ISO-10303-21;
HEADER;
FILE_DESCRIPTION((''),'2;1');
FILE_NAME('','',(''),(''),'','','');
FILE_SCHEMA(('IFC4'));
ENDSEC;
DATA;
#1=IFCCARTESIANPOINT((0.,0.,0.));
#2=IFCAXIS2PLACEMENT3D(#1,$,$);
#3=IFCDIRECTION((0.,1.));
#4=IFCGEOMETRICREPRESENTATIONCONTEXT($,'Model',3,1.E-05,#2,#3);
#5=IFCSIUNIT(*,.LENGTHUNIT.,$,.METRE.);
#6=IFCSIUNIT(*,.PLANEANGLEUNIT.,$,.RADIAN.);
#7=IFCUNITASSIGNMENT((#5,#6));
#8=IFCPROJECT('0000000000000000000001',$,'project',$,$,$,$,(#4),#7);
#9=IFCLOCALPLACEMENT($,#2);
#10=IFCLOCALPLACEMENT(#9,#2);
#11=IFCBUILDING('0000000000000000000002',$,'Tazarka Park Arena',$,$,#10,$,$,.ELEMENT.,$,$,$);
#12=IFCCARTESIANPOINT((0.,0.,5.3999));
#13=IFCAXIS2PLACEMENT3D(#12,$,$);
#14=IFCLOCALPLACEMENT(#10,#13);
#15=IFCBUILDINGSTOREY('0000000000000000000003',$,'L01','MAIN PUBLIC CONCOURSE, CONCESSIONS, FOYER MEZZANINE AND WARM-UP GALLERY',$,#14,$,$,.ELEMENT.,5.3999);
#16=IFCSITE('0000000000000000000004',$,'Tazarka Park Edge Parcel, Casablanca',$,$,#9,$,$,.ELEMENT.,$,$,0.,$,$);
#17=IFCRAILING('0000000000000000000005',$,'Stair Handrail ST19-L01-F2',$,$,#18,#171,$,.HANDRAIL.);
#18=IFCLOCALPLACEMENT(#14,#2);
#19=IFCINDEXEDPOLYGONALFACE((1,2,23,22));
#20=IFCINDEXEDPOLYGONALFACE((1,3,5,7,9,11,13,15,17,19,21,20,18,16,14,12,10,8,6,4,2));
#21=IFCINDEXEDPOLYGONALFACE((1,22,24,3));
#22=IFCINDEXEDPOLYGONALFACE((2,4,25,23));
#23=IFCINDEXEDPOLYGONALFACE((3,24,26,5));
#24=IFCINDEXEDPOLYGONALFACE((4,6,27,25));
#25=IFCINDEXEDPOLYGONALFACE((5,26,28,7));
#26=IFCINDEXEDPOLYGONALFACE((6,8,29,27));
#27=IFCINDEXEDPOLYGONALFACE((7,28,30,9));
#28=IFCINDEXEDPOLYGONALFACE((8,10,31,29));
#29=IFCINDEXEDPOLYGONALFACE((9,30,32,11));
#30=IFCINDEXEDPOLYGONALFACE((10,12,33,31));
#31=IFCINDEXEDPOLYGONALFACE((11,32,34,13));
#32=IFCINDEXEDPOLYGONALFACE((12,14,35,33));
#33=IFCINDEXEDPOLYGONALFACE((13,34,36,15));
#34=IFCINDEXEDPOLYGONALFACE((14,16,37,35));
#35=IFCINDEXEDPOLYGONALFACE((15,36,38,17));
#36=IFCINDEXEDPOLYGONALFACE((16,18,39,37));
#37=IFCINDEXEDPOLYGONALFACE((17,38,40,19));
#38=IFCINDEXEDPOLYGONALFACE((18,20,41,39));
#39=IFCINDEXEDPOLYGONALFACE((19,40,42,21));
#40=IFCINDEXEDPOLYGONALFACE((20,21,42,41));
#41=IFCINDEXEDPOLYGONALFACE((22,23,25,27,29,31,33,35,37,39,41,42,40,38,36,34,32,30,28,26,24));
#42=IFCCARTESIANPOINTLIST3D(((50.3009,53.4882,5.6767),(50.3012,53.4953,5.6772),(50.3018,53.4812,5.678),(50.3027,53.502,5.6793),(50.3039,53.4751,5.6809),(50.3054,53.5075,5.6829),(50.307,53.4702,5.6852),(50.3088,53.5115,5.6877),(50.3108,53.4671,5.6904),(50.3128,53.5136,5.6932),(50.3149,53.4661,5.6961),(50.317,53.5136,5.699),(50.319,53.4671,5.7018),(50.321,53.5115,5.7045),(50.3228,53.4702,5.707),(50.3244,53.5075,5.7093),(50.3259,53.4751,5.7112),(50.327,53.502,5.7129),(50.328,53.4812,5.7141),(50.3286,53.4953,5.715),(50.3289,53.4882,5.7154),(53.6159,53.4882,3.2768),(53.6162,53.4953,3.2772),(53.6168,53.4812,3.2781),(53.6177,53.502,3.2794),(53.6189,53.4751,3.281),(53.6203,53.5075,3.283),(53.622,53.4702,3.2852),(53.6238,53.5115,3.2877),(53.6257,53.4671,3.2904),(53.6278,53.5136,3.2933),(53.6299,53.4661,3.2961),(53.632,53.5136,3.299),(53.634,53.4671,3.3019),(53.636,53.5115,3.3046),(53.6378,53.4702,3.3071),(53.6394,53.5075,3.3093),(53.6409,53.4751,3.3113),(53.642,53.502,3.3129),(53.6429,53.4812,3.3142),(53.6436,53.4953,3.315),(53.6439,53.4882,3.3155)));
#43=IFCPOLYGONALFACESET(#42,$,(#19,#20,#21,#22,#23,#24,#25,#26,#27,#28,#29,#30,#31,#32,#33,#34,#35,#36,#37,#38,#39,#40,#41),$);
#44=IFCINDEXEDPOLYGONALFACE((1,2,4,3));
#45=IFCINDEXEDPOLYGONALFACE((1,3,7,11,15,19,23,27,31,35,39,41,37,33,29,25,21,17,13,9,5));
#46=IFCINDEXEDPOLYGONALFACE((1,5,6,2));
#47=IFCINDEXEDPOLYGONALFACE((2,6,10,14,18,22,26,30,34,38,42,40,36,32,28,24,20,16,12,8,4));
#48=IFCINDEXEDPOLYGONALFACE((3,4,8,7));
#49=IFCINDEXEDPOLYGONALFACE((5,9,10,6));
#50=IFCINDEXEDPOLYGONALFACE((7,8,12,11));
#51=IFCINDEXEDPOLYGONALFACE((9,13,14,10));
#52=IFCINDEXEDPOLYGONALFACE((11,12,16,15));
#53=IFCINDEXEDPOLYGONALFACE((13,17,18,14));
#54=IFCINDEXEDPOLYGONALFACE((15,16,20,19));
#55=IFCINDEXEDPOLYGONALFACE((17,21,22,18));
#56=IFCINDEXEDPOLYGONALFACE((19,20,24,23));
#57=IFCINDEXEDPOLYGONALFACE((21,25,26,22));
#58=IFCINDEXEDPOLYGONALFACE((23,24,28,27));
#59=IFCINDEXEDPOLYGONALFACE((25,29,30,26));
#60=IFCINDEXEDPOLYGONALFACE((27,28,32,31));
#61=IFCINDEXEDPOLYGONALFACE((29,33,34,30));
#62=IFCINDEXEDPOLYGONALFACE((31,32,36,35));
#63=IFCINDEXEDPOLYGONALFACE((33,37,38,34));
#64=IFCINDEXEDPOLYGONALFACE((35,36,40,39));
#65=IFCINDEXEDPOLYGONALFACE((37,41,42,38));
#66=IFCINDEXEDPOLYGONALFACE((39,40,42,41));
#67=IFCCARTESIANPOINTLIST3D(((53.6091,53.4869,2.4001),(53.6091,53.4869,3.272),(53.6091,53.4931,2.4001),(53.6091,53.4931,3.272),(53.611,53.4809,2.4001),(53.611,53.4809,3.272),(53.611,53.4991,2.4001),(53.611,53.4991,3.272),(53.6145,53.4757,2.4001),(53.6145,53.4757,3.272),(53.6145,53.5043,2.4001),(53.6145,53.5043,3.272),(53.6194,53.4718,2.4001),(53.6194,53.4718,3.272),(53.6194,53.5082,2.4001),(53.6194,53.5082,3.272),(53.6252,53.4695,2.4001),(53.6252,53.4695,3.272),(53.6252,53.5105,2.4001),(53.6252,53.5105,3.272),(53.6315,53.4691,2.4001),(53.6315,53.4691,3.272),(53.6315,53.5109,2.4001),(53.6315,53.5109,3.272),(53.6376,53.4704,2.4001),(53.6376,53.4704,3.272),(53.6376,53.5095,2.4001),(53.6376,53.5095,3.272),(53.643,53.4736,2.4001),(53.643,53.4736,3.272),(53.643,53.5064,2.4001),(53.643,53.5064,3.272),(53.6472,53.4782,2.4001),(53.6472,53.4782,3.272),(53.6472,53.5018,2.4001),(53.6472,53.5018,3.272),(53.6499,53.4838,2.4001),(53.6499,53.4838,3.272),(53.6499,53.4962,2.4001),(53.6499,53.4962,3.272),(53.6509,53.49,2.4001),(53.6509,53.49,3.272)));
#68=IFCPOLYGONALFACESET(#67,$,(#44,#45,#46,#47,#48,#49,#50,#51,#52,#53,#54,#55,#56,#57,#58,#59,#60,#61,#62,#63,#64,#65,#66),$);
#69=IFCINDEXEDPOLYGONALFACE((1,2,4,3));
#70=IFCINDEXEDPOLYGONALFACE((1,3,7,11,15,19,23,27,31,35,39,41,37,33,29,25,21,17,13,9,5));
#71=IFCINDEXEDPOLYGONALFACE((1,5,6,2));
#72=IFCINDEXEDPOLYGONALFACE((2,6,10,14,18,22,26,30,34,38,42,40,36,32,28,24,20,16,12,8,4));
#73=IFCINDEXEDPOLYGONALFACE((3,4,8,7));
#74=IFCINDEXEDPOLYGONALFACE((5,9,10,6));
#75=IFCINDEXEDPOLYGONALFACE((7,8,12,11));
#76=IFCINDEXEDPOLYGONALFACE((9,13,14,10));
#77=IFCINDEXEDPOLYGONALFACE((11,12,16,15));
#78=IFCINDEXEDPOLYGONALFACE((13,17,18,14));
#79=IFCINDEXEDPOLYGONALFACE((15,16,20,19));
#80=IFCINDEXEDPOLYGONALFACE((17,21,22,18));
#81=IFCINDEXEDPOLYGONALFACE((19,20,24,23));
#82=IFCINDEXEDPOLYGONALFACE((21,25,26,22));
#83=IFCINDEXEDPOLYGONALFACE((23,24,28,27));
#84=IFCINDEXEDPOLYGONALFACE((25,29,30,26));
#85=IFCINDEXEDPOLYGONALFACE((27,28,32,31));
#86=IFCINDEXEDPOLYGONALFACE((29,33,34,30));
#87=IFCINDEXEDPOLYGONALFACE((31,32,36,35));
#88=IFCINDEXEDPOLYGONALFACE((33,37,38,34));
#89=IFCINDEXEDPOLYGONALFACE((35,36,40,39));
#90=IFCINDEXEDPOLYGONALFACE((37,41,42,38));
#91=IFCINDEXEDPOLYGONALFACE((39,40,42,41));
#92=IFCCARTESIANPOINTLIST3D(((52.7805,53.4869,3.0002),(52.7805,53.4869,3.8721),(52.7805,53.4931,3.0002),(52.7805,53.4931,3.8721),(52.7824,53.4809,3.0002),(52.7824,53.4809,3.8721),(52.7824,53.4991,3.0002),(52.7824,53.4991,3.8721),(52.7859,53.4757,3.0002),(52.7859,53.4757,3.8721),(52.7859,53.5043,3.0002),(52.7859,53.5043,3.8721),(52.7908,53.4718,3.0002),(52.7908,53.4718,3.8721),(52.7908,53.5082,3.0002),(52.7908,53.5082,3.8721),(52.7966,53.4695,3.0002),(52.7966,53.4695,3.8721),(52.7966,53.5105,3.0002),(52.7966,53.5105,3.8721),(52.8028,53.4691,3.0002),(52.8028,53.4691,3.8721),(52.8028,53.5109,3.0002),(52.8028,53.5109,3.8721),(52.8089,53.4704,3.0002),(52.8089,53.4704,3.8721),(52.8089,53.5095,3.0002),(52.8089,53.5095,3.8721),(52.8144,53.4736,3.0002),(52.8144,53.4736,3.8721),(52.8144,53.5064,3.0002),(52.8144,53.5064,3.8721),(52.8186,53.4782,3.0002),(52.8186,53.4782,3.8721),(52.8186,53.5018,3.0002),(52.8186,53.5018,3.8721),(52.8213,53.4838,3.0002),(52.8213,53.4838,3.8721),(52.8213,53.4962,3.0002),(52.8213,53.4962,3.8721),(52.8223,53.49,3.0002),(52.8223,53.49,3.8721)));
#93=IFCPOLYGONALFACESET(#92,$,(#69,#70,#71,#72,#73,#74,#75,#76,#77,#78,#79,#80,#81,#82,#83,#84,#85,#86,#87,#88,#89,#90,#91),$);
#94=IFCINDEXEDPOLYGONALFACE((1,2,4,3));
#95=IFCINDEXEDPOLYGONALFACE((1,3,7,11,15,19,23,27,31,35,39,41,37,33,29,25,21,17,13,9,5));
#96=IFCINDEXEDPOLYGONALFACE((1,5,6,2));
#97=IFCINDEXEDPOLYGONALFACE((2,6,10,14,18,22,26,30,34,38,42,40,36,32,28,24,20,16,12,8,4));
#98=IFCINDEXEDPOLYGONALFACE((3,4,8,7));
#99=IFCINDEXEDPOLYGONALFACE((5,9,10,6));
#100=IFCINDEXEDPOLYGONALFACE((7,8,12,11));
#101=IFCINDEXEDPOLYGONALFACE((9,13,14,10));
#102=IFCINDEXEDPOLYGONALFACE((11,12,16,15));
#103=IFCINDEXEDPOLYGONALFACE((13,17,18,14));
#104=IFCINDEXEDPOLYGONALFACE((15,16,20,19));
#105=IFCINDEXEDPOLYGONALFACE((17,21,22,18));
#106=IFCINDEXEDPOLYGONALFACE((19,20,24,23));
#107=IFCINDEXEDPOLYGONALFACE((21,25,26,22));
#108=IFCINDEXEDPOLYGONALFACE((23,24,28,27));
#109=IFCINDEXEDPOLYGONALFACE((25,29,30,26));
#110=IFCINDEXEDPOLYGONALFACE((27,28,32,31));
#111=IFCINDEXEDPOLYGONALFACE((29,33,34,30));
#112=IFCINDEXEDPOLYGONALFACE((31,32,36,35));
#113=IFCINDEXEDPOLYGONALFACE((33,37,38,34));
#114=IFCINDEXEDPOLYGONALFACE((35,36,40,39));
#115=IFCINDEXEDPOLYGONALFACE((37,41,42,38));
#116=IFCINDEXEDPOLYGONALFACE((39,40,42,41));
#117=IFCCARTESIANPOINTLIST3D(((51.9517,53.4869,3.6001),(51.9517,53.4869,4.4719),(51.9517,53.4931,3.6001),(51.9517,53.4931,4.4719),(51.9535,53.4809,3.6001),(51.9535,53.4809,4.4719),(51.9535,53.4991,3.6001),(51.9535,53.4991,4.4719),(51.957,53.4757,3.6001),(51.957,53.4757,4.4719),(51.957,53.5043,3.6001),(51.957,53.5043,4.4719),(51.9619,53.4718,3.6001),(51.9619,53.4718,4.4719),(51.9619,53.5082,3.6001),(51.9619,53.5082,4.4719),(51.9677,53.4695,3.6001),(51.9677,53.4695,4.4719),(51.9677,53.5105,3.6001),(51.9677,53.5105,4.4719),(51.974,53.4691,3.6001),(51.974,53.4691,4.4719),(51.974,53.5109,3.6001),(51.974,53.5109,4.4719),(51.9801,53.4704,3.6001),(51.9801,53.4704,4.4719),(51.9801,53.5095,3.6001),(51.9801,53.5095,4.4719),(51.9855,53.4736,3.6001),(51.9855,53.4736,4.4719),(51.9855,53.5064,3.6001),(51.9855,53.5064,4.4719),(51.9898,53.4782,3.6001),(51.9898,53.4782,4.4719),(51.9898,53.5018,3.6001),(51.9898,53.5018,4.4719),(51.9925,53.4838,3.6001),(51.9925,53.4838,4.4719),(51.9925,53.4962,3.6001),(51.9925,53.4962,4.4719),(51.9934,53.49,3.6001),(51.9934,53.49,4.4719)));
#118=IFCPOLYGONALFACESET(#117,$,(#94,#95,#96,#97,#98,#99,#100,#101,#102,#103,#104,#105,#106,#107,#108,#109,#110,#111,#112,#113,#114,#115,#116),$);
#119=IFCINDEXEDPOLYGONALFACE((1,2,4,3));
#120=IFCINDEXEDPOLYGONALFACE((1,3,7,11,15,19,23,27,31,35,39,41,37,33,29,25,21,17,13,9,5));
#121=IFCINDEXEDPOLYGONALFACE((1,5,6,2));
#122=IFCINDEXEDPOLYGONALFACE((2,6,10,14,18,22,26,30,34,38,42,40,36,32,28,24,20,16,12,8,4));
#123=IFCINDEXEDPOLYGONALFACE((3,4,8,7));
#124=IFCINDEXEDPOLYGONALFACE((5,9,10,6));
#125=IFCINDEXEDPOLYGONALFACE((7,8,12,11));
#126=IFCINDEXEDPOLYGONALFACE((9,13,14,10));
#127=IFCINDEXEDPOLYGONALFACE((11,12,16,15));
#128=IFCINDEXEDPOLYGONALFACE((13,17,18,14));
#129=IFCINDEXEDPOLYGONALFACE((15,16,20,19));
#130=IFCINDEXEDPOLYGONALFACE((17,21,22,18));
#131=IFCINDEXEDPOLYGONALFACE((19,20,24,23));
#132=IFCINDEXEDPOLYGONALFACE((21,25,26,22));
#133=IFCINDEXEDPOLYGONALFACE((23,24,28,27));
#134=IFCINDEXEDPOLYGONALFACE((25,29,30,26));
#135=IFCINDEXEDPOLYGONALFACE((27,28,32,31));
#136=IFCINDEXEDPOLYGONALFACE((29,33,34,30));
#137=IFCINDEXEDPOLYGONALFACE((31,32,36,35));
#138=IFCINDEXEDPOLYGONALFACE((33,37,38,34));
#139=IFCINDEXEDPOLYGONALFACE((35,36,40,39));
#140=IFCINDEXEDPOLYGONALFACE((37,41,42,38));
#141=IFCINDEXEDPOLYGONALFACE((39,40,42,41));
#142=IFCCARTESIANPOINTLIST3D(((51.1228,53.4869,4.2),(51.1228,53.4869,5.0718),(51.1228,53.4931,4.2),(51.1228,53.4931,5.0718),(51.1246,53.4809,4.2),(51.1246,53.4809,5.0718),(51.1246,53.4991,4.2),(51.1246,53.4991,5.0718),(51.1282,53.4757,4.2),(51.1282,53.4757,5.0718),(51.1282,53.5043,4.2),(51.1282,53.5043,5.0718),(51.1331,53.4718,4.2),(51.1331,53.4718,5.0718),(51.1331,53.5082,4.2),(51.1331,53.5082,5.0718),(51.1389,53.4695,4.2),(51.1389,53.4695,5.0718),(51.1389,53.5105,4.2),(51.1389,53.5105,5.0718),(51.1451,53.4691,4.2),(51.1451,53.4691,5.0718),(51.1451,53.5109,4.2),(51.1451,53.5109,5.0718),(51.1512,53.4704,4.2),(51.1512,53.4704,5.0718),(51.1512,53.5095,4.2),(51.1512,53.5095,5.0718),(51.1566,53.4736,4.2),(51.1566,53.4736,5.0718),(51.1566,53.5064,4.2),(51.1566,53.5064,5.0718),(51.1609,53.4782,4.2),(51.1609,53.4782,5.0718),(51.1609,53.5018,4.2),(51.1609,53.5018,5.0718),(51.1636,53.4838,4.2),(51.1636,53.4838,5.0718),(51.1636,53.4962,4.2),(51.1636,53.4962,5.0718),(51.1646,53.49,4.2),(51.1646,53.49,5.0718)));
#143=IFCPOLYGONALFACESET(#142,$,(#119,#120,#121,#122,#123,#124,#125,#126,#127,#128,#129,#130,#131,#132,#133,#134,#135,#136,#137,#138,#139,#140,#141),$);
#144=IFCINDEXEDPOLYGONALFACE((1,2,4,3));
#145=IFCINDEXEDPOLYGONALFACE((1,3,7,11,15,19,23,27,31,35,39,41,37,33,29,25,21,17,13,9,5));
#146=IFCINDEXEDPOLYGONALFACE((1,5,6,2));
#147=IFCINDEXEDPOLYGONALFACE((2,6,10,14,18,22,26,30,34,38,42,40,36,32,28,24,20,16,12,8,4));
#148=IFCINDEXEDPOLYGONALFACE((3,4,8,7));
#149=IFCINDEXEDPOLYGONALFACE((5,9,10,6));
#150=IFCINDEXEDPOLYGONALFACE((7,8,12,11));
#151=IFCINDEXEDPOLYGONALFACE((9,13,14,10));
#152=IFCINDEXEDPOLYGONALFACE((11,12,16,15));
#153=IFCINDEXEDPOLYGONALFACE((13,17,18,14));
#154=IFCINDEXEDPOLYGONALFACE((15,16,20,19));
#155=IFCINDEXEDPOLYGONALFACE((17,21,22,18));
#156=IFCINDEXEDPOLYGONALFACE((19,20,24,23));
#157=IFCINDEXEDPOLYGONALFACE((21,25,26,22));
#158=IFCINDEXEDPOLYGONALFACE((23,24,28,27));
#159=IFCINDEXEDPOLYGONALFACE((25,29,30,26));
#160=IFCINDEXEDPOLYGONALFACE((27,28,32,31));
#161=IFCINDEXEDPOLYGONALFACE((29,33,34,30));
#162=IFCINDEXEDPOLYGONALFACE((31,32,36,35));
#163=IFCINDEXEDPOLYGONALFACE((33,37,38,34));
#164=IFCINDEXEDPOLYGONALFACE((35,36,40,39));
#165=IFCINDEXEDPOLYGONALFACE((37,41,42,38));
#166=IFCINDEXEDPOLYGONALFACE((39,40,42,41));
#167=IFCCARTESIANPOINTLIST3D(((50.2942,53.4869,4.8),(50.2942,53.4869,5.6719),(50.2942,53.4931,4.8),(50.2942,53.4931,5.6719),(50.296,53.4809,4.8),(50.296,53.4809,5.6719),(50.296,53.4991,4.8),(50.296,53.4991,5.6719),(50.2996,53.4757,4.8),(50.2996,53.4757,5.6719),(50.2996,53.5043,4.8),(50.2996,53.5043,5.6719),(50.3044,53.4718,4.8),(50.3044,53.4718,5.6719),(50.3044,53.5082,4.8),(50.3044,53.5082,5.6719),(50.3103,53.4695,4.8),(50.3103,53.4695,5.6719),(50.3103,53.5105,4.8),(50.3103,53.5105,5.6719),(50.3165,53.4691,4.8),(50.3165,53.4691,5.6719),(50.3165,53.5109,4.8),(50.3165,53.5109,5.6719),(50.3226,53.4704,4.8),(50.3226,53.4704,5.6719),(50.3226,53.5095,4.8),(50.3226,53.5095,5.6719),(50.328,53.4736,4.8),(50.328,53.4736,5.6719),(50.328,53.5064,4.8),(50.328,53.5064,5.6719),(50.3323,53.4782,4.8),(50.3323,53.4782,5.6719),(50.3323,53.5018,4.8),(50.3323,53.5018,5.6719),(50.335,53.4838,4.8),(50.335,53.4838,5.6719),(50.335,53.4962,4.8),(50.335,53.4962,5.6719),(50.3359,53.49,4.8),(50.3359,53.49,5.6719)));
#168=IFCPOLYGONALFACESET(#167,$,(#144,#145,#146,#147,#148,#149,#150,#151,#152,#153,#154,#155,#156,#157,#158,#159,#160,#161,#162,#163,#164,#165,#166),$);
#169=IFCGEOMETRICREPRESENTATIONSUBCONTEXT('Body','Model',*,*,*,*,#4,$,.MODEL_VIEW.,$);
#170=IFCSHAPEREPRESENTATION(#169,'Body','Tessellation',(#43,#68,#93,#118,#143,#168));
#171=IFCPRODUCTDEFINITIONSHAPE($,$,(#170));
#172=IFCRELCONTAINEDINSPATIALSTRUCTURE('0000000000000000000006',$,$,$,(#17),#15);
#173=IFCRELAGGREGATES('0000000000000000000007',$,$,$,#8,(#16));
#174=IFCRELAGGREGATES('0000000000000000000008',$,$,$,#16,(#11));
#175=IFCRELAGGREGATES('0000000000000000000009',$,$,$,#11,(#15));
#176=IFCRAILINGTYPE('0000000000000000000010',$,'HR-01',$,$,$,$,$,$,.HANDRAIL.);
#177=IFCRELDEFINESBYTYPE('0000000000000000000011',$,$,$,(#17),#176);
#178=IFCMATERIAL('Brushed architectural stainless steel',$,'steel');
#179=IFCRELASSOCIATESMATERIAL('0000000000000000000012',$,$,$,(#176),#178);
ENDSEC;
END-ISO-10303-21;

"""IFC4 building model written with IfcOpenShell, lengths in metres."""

from ifc_helpers import new_model, si_unit, direction, frame, origin, origin_2d, place, context, subcontext, project, spatial, circle, extrude, material, type_object, element, save


model = new_model("IFC4")

# Units and contexts
model_context = context("Model", 3, precision=1e-05, world=origin(), true_north=direction((0.0, 1.0)))
body_context = subcontext(model_context, "Body", "Model", "MODEL_VIEW")
ifc_project = project(units=[si_unit("LENGTHUNIT", "METRE"), si_unit("PLANEANGLEUNIT", "RADIAN")], contexts=[model_context])

# Site, building, storey
site_placement = place(None, origin())
site = spatial("IfcSite", under=ifc_project, at=site_placement, Name="Tazarka Park Edge Parcel, Casablanca", CompositionType="ELEMENT", RefElevation=0.0)
building_placement = place(site_placement, origin())
building = spatial("IfcBuilding", under=site, at=building_placement, Name="Tazarka Park Arena", CompositionType="ELEMENT")
storey_placement = place(building_placement, frame((0.0, 0.0, 5.3999)))
storey = spatial("IfcBuildingStorey", under=building, at=storey_placement, Name="L01", Description="MAIN PUBLIC CONCOURSE, CONCESSIONS, FOYER MEZZANINE AND WARM-UP GALLERY", CompositionType="ELEMENT", Elevation=5.3999)

# Railing
ifc_material_1 = material(Name="Brushed architectural stainless steel", Category="steel")
railing_type_1 = type_object("IfcRailingType", Name="HR-01", PredefinedType="HANDRAIL", material=ifc_material_1)
railing_1_placement = place(storey_placement, frame((53.6299, 53.49, 2.4001)))
element("IfcRailing", 1, at=railing_1_placement, inside=storey, type_object=railing_type_1, Name="Stair Handrail ST19-L01-F2", PredefinedType="HANDRAIL", context=body_context, shape_type="SweptSolid", body=[
    extrude(circle(Radius=0.0239, at=origin_2d()), frame((0.0, 0.0, 0.896), z_axis=(-0.810009, 0.0, 0.586418), x_axis=(0.0, -1.0, 0.0)), (0.0, 0.0, 1.0), 4.0925),
    extrude(circle(Radius=0.021, at=origin_2d()), origin(), (0.0, 0.0, 1.0), 0.8718),
    extrude(circle(Radius=0.021, at=origin_2d()), frame((-0.8286, 0.0, 0.6001)), (0.0, 0.0, 1.0), 0.8718),
    extrude(circle(Radius=0.021, at=origin_2d()), frame((-1.6575, 0.0, 1.2)), (0.0, 0.0, 1.0), 0.8718),
    extrude(circle(Radius=0.021, at=origin_2d()), frame((-2.4863, 0.0, 1.7998)), (0.0, 0.0, 1.0), 0.8718),
    extrude(circle(Radius=0.021, at=origin_2d()), frame((-3.3149, 0.0, 2.3999)), (0.0, 0.0, 1.0), 0.8718),
])

save(model, "model.ifc")
